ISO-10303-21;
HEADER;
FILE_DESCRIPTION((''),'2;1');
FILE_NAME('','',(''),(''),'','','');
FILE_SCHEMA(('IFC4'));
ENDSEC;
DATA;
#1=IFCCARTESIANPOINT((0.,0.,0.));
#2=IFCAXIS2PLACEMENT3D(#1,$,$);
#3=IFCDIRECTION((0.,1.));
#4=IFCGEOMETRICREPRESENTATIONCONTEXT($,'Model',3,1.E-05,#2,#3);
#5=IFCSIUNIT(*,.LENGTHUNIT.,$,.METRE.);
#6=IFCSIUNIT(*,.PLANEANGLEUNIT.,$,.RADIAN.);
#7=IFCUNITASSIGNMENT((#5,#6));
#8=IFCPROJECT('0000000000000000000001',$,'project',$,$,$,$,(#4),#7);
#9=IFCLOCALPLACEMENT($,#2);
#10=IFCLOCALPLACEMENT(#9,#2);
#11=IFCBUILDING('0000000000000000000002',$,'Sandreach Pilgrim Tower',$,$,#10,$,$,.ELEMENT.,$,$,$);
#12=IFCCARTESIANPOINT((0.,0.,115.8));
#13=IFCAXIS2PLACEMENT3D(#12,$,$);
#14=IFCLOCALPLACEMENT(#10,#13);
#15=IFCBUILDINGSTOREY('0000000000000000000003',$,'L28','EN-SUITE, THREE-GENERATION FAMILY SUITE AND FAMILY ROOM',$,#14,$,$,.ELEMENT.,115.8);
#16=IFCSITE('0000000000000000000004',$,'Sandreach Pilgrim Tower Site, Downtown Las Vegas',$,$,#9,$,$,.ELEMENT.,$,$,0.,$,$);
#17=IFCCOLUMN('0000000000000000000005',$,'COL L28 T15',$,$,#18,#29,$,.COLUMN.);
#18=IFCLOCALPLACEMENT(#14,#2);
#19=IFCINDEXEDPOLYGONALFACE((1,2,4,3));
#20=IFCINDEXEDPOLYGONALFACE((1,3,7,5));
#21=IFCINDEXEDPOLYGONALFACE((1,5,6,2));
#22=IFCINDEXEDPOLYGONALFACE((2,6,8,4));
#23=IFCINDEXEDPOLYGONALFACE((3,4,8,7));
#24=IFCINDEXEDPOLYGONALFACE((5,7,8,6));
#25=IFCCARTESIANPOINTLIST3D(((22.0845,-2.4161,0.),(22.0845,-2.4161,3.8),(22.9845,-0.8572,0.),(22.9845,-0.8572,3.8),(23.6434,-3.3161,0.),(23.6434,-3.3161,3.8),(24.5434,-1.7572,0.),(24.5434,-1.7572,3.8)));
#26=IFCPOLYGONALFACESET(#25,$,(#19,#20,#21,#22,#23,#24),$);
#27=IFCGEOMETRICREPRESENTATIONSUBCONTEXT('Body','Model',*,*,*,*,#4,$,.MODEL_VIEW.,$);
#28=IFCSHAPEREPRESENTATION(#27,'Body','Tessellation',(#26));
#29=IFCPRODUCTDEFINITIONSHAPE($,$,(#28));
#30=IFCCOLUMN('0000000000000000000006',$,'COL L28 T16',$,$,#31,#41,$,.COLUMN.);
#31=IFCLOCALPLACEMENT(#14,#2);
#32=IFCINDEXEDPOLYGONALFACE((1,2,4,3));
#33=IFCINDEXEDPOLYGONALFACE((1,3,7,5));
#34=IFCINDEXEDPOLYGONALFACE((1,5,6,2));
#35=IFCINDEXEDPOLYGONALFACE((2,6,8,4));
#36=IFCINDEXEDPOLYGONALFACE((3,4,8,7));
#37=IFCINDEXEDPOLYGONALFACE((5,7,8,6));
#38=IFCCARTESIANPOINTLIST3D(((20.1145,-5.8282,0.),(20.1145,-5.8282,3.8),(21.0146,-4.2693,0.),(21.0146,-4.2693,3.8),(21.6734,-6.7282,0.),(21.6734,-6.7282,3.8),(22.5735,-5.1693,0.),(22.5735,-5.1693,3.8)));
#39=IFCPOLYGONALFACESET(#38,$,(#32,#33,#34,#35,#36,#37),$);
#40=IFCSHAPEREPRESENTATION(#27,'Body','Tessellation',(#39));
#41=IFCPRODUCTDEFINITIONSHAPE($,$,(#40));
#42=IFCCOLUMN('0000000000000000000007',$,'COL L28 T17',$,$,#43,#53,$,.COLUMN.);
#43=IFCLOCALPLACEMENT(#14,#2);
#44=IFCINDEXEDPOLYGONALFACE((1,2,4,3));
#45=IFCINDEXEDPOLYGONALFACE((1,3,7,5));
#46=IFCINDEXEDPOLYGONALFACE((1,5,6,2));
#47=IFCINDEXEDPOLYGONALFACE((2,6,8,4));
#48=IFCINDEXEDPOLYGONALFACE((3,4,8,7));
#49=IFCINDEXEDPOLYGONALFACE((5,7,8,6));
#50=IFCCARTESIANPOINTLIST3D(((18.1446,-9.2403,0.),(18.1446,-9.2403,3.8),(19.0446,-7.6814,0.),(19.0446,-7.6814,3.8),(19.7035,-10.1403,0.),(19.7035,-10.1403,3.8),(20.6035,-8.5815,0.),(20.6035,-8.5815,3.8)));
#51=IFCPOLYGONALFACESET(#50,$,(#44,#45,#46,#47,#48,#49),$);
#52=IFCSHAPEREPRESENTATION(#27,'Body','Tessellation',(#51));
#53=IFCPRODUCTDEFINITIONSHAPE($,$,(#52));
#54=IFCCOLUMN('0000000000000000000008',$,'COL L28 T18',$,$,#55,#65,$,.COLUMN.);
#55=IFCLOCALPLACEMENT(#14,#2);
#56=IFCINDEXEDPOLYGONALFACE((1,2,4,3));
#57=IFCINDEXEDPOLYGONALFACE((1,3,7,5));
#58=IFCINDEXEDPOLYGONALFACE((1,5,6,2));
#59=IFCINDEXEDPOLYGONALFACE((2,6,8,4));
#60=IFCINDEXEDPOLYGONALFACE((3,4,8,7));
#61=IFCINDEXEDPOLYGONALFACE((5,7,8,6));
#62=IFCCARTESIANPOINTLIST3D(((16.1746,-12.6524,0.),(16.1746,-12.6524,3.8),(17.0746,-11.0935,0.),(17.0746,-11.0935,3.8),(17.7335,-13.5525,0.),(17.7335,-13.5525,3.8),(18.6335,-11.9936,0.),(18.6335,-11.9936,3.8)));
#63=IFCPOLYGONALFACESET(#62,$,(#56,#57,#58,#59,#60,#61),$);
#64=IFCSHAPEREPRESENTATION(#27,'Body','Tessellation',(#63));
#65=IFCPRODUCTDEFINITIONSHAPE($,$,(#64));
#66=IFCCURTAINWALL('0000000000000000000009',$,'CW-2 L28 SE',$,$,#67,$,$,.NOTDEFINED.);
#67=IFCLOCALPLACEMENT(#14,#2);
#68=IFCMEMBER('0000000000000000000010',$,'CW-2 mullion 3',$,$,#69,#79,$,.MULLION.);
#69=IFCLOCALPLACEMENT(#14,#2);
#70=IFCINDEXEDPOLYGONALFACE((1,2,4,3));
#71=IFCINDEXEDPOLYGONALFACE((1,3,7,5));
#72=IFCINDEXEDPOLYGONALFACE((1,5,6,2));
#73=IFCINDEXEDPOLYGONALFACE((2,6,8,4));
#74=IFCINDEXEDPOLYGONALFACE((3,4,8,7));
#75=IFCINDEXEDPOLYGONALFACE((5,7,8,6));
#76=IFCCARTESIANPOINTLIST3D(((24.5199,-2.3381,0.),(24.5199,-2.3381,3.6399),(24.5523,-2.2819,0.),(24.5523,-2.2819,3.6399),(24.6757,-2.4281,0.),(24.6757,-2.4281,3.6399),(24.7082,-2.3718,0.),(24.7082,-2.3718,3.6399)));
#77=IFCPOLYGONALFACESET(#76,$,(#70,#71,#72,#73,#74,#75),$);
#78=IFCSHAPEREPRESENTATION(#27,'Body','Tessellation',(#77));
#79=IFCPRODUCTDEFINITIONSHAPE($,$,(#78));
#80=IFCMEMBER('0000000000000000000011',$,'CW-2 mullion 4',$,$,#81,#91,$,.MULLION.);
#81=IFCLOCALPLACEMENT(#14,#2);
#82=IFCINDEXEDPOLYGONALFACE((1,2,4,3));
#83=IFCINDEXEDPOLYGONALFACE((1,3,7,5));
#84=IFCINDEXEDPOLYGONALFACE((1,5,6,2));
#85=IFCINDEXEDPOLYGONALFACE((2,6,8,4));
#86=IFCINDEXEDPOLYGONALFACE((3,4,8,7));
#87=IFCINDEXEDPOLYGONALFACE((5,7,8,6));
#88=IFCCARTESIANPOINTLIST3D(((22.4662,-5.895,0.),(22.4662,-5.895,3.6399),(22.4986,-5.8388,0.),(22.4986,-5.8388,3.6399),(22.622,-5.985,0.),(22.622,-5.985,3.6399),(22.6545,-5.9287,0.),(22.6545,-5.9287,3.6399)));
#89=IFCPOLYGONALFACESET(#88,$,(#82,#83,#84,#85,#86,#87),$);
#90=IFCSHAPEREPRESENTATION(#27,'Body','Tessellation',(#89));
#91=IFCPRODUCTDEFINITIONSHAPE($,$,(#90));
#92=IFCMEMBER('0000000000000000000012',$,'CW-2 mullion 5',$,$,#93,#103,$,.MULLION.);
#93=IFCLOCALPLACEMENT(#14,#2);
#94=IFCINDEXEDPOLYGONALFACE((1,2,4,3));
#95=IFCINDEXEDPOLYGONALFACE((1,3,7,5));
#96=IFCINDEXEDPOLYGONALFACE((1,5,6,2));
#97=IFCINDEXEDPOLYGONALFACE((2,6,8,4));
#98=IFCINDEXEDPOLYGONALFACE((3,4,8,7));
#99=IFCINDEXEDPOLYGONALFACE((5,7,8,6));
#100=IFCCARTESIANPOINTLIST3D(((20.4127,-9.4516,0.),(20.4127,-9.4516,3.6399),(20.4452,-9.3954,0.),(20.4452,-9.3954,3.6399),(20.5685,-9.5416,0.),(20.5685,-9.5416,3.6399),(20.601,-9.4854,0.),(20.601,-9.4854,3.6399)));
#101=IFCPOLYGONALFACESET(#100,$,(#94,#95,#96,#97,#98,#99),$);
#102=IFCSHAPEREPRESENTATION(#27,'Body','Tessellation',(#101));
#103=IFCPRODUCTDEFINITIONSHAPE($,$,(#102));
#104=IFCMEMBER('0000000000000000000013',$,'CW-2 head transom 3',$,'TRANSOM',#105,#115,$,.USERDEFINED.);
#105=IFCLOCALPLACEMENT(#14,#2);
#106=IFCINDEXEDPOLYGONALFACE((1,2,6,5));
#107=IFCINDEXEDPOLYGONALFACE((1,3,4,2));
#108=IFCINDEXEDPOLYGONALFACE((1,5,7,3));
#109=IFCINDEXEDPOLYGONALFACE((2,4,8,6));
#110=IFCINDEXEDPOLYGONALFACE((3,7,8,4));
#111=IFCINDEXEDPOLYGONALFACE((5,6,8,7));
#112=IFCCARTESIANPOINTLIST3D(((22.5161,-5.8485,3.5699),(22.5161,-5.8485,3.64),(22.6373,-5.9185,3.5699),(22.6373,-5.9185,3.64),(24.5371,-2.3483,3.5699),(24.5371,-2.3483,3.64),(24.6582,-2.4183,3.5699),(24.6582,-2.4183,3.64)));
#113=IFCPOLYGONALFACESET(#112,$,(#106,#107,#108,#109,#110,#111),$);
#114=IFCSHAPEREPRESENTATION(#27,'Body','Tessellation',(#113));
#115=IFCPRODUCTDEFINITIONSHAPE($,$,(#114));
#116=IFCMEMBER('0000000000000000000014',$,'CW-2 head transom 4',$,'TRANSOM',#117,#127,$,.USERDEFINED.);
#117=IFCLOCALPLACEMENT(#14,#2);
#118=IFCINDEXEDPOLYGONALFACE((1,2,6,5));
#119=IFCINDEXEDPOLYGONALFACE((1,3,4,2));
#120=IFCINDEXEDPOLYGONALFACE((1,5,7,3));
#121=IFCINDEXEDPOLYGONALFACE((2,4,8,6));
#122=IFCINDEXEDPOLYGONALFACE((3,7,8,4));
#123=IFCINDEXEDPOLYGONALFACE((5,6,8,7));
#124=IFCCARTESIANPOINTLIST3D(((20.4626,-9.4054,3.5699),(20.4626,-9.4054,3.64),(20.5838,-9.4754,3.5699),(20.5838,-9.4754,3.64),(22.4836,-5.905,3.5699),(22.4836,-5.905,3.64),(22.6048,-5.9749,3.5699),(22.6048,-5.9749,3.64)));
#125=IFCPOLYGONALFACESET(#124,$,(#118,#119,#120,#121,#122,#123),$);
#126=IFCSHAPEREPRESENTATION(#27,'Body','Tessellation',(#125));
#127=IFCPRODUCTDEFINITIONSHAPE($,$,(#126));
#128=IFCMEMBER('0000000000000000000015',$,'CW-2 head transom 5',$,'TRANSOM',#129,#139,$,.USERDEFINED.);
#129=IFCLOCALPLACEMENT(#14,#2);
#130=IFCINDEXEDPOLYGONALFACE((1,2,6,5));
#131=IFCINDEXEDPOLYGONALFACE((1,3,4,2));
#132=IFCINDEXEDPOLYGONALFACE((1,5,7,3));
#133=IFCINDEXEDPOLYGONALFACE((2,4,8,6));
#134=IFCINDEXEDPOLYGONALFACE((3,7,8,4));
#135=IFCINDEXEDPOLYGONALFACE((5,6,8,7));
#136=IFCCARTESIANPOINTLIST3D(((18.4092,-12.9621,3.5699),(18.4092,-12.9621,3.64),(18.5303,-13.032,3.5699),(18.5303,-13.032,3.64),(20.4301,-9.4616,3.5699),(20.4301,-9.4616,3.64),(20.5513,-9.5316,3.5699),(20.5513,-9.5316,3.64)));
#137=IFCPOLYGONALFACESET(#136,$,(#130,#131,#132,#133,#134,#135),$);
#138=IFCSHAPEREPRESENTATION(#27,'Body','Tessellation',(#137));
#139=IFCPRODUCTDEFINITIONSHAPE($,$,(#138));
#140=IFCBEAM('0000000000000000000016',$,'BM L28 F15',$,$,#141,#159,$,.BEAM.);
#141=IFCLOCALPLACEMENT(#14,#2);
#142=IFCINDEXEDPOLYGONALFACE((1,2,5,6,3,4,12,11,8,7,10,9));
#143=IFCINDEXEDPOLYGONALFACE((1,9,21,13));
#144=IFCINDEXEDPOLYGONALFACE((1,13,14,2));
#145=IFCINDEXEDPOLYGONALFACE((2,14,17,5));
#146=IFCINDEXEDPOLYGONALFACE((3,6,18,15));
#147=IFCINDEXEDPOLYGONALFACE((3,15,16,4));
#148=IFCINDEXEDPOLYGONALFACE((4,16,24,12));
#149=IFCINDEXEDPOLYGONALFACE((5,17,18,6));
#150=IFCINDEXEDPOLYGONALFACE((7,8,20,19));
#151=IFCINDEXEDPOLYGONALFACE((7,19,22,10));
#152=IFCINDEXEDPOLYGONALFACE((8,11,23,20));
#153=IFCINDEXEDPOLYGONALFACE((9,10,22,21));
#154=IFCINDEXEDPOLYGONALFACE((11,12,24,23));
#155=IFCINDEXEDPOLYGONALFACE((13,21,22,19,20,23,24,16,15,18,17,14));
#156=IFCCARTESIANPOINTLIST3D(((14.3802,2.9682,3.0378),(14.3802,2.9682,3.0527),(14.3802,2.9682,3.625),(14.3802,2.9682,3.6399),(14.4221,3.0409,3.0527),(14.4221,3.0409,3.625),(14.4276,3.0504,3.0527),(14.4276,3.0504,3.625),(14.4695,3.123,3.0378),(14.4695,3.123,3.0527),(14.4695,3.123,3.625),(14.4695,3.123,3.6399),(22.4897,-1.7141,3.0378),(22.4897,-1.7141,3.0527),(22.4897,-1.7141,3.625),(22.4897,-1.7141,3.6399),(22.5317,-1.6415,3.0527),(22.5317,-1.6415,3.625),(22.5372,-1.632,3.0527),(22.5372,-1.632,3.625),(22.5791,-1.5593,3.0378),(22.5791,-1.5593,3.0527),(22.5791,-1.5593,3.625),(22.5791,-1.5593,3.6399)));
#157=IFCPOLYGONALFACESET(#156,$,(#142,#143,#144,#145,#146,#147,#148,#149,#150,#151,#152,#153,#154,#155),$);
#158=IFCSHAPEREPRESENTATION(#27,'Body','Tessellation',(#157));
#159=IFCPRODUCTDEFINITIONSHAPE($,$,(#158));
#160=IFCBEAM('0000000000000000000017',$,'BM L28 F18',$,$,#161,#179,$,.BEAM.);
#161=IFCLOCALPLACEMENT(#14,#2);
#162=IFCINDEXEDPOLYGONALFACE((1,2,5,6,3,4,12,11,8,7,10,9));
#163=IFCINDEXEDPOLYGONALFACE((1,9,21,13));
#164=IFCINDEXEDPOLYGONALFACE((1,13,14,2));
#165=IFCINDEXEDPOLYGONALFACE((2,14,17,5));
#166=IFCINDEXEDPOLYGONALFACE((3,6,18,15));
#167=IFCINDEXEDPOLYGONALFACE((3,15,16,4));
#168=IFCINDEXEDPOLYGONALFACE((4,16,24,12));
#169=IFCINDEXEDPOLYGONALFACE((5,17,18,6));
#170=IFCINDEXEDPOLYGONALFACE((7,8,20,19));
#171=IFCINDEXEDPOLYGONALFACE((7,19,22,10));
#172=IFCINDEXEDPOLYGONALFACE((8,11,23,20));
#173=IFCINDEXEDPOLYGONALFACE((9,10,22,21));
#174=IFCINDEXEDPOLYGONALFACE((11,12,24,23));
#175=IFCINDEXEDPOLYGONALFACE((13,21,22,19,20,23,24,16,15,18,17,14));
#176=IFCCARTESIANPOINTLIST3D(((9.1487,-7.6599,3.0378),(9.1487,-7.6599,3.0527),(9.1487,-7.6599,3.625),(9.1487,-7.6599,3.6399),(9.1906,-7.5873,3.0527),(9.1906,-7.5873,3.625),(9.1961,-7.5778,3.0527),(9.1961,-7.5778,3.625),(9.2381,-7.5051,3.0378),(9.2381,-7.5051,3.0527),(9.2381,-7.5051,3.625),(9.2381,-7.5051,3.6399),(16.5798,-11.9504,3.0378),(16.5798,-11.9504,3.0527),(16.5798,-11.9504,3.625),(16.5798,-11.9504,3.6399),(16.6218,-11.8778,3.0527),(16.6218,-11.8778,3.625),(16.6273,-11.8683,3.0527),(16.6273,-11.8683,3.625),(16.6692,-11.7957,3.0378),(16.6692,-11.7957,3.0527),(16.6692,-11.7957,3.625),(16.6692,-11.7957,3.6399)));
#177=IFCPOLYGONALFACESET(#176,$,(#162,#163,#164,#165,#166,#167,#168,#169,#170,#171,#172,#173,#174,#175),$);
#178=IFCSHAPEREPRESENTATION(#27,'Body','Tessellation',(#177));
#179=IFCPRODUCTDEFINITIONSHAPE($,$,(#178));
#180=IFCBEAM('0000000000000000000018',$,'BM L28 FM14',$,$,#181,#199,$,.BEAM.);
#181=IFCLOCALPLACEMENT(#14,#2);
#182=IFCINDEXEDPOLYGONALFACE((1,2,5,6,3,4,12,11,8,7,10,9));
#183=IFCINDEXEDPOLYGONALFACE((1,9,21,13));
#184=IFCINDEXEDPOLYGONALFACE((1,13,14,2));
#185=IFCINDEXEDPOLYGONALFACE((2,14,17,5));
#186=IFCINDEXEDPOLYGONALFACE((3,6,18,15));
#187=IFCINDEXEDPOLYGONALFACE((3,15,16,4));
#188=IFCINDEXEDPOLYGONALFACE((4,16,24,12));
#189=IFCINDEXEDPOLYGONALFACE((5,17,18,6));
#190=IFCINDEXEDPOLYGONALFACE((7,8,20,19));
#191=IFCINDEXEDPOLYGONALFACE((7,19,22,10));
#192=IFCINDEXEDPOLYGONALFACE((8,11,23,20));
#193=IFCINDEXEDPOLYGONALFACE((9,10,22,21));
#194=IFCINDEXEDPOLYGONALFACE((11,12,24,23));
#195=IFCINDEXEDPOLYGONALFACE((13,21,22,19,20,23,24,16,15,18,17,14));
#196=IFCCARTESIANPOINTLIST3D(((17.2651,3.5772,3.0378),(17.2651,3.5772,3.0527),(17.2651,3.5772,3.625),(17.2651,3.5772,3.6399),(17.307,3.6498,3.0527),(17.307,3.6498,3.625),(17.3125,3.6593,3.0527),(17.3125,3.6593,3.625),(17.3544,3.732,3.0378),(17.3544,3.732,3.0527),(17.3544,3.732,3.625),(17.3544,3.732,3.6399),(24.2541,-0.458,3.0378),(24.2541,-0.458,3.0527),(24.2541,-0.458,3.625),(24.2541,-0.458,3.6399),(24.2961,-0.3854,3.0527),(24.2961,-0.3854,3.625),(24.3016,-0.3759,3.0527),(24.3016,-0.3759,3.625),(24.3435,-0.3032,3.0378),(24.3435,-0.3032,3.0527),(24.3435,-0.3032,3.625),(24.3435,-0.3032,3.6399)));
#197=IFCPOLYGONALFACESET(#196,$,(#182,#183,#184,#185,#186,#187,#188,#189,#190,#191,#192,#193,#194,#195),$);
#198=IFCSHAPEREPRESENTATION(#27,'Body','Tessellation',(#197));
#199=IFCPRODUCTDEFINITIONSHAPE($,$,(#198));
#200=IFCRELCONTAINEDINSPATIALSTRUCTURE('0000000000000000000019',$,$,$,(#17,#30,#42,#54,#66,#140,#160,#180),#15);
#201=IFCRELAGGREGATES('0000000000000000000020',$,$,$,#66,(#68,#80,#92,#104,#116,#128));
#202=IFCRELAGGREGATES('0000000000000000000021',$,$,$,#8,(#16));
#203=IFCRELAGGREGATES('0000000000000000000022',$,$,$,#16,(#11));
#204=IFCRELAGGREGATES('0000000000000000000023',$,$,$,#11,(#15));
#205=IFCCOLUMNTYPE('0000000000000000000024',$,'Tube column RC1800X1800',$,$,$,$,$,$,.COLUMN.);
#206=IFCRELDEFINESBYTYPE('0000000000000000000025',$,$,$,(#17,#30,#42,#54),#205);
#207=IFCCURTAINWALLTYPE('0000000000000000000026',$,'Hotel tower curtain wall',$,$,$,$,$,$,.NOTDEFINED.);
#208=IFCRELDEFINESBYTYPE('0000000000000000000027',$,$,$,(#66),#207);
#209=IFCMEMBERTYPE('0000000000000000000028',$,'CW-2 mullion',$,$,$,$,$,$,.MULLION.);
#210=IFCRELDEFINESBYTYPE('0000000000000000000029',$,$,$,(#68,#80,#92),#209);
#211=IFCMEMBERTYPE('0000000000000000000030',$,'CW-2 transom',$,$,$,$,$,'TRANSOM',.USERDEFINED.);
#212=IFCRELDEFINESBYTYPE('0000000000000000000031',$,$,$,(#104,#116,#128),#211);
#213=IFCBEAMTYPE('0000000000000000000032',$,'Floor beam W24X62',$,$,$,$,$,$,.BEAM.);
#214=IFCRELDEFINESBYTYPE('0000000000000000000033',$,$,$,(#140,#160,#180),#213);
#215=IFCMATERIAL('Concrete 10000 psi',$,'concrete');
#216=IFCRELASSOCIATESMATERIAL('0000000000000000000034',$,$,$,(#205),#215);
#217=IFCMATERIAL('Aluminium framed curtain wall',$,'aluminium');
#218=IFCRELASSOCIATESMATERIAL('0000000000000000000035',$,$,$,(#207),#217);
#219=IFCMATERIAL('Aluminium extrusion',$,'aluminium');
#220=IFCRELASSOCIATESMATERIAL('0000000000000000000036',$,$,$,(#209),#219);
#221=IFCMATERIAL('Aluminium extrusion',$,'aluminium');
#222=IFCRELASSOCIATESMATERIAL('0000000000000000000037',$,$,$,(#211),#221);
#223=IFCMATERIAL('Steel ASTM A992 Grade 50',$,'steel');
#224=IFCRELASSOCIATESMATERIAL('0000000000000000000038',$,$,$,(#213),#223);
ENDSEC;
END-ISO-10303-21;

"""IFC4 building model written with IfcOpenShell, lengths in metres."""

from ifc_helpers import new_model, si_unit, direction, frame, origin, origin_2d, place, context, subcontext, project, spatial, rectangle, i_section, extrude, material, material_profile, profile_set, type_object, element, aggregate, save


model = new_model("IFC4")

# Units and contexts
model_context = context("Model", 3, precision=1e-05, world=origin(), true_north=direction((0.0, 1.0)))
body_context = subcontext(model_context, "Body", "Model", "MODEL_VIEW")
ifc_project = project(units=[si_unit("LENGTHUNIT", "METRE"), si_unit("PLANEANGLEUNIT", "RADIAN")], contexts=[model_context])

# Site, building, storey
site_placement = place(None, origin())
site = spatial("IfcSite", under=ifc_project, at=site_placement, Name="Sandreach Pilgrim Tower Site, Downtown Las Vegas", CompositionType="ELEMENT", RefElevation=0.0)
building_placement = place(site_placement, origin())
building = spatial("IfcBuilding", under=site, at=building_placement, Name="Sandreach Pilgrim Tower", CompositionType="ELEMENT")
storey_placement = place(building_placement, frame((0.0, 0.0, 115.8)))
storey = spatial("IfcBuildingStorey", under=building, at=storey_placement, Name="L28", Description="EN-SUITE, THREE-GENERATION FAMILY SUITE AND FAMILY ROOM", CompositionType="ELEMENT", Elevation=115.8)

# Columns
ifc_material_1 = material(Name="Concrete 10000 psi", Category="concrete")
ifc_material_profile_1 = material_profile(ifc_material_1, rectangle(XDim=1.8, YDim=1.8, at=origin_2d()), Name="RC1800X1800")
ifc_profile_set_1 = profile_set([ifc_material_profile_1], Name="Concrete 10000 psi")
column_type = type_object("IfcColumnType", Name="Tube column RC1800X1800", PredefinedType="COLUMN", material=ifc_profile_set_1)
for number, where, z_axis, x_axis, name in (
    (1, (23.314, -2.0867, 0.0), (0.0, 0.0, 1.0), (0.866025, -0.5, 0.0), "COL L28 T15"),
    (2, (21.344, -5.4988, 0.0), (0.0, 0.0, 1.0), (0.866025, -0.5, 0.0), "COL L28 T16"),
    (3, (19.374, -8.9109, 0.0), (0.0, 0.0, 1.0), (0.866025, -0.5, 0.0), "COL L28 T17"),
    (4, (17.4041, -12.323, 0.0), (0.0, 0.0, 1.0), (0.866025, -0.5, 0.0), "COL L28 T18"),
):
    element("IfcColumn", number, at=place(storey_placement, frame(where, z_axis=z_axis, x_axis=x_axis)), inside=storey, type_object=column_type, Name=name, PredefinedType="COLUMN", context=body_context, shape_type="SweptSolid", body=[
        extrude(rectangle(XDim=1.8, YDim=1.8, at=origin_2d()), origin(), (0.0, 0.0, 1.0), 3.8),
    ])

# Curtain wall, members
ifc_material_2 = material(Name="Aluminium framed curtain wall", Category="aluminium")
curtain_wall_type = type_object("IfcCurtainWallType", Name="Hotel tower curtain wall", PredefinedType="NOTDEFINED", material=ifc_material_2)
curtain_wall_placement = place(storey_placement, origin())
curtain_wall = element("IfcCurtainWall", 5, at=curtain_wall_placement, inside=storey, type_object=curtain_wall_type, Name="CW-2 L28 SE", PredefinedType="NOTDEFINED")
ifc_material_3 = material(Name="Aluminium extrusion", Category="aluminium")
ifc_material_profile_2 = material_profile(ifc_material_3, rectangle(XDim=0.0649, YDim=0.1799, at=origin_2d()), Name="CW-2M 65X180")
ifc_profile_set_2 = profile_set([ifc_material_profile_2], Name="Aluminium extrusion")
member_type_1 = type_object("IfcMemberType", Name="CW-2 mullion", PredefinedType="MULLION", material=ifc_profile_set_2)
member_1_placement = place(storey_placement, frame((24.614, -2.355, 0.0), z_axis=(0.0, 0.0, 1.0), x_axis=(-0.5, -0.866025, 0.0)))
member_1 = element("IfcMember", 6, at=member_1_placement, type_object=member_type_1, Name="CW-2 mullion 3", PredefinedType="MULLION", context=body_context, shape_type="SweptSolid", body=[
    extrude(rectangle(XDim=0.0649, YDim=0.1799, at=origin_2d()), origin(), (0.0, 0.0, 1.0), 3.6399),
])
member_2_placement = place(storey_placement, frame((22.5603, -5.9119, 0.0), z_axis=(0.0, 0.0, 1.0), x_axis=(-0.5, -0.866025, 0.0)))
member_2 = element("IfcMember", 7, at=member_2_placement, type_object=member_type_1, Name="CW-2 mullion 4", PredefinedType="MULLION", context=body_context, shape_type="SweptSolid", body=[
    extrude(rectangle(XDim=0.0649, YDim=0.1799, at=origin_2d()), origin(), (0.0, 0.0, 1.0), 3.6399),
])
member_3_placement = place(storey_placement, frame((20.5068, -9.4685, 0.0), z_axis=(0.0, 0.0, 1.0), x_axis=(-0.5, -0.866025, 0.0)))
member_3 = element("IfcMember", 8, at=member_3_placement, type_object=member_type_1, Name="CW-2 mullion 5", PredefinedType="MULLION", context=body_context, shape_type="SweptSolid", body=[
    extrude(rectangle(XDim=0.0649, YDim=0.1799, at=origin_2d()), origin(), (0.0, 0.0, 1.0), 3.6399),
])
ifc_material_4 = material(Name="Aluminium extrusion", Category="aluminium")
ifc_material_profile_3 = material_profile(ifc_material_4, rectangle(XDim=0.1399, YDim=0.0701, at=origin_2d()), Name="CW-2T 140X70")
ifc_profile_set_3 = profile_set([ifc_material_profile_3], Name="Aluminium extrusion")
member_type_2 = type_object("IfcMemberType", Name="CW-2 transom", ElementType="TRANSOM", PredefinedType="USERDEFINED", material=ifc_profile_set_3)
member_4_placement = place(storey_placement, frame((24.5977, -2.3833, 3.605), z_axis=(-0.500024, -0.866012, 0.0), x_axis=(0.866012, -0.500024, 0.0)))
member_4 = element("IfcMember", 9, at=member_4_placement, type_object=member_type_2, Name="CW-2 head transom 3", ObjectType="TRANSOM", PredefinedType="USERDEFINED", context=body_context, shape_type="SweptSolid", body=[
    extrude(rectangle(XDim=0.1399, YDim=0.0701, at=origin_2d()), origin(), (0.0, 0.0, 1.0), 4.0417),
])
member_5_placement = place(storey_placement, frame((22.5442, -5.9399, 3.605), z_axis=(-0.499998, -0.866027, 0.0), x_axis=(0.866027, -0.499998, 0.0)))
member_5 = element("IfcMember", 10, at=member_5_placement, type_object=member_type_2, Name="CW-2 head transom 4", ObjectType="TRANSOM", PredefinedType="USERDEFINED", context=body_context, shape_type="SweptSolid", body=[
    extrude(rectangle(XDim=0.1399, YDim=0.0701, at=origin_2d()), origin(), (0.0, 0.0, 1.0), 4.042),
])
member_6_placement = place(storey_placement, frame((20.4907, -9.4966, 3.605), z_axis=(-0.499998, -0.866027, 0.0), x_axis=(0.866027, -0.499998, 0.0)))
member_6 = element("IfcMember", 11, at=member_6_placement, type_object=member_type_2, Name="CW-2 head transom 5", ObjectType="TRANSOM", PredefinedType="USERDEFINED", context=body_context, shape_type="SweptSolid", body=[
    extrude(rectangle(XDim=0.1399, YDim=0.0701, at=origin_2d()), origin(), (0.0, 0.0, 1.0), 4.042),
])

# Beams
ifc_material_5 = material(Name="Steel ASTM A992 Grade 50", Category="steel")
ifc_material_profile_4 = material_profile(ifc_material_5, i_section(OverallWidth=0.1787, OverallDepth=0.6021, WebThickness=0.011, FlangeThickness=0.0149, at=origin_2d()), Name="W24X62")
ifc_profile_set_4 = profile_set([ifc_material_profile_4], Name="Steel ASTM A992 Grade 50")
beam_type_1 = type_object("IfcBeamType", Name="Floor beam W24X62", PredefinedType="BEAM", material=ifc_profile_set_4)
beam_1_placement = place(storey_placement, frame((22.5344, -1.6367, 3.3389), z_axis=(-0.866012, 0.500023, 0.0), x_axis=(-0.500023, -0.866012, 0.0)))
element("IfcBeam", 12, at=beam_1_placement, inside=storey, type_object=beam_type_1, Name="BM L28 F15", PredefinedType="BEAM", context=body_context, shape_type="SweptSolid", body=[
    extrude(i_section(OverallWidth=0.1787, OverallDepth=0.6021, WebThickness=0.011, FlangeThickness=0.0149, at=origin_2d()), origin(), (0.0, 0.0, 1.0), 9.3643),
])
beam_2_placement = place(storey_placement, frame((16.6245, -11.873, 3.3389), z_axis=(-0.866018, 0.500013, 0.0), x_axis=(-0.500013, -0.866018, 0.0)))
element("IfcBeam", 13, at=beam_2_placement, inside=storey, type_object=beam_type_1, Name="BM L28 F18", PredefinedType="BEAM", context=body_context, shape_type="SweptSolid", body=[
    extrude(i_section(OverallWidth=0.1787, OverallDepth=0.6021, WebThickness=0.011, FlangeThickness=0.0149, at=origin_2d()), origin(), (0.0, 0.0, 1.0), 8.5808),
])
beam_3_placement = place(storey_placement, frame((24.2988, -0.3806, 3.3389), z_axis=(-0.866023, 0.500004, 0.0), x_axis=(-0.500004, -0.866023, 0.0)))
element("IfcBeam", 14, at=beam_3_placement, inside=storey, type_object=beam_type_1, Name="BM L28 FM14", PredefinedType="BEAM", context=body_context, shape_type="SweptSolid", body=[
    extrude(i_section(OverallWidth=0.1787, OverallDepth=0.6021, WebThickness=0.011, FlangeThickness=0.0149, at=origin_2d()), origin(), (0.0, 0.0, 1.0), 8.0703),
])

aggregate(curtain_wall, [member_1, member_2, member_3, member_4, member_5, member_6])

save(model, "model.ifc")
